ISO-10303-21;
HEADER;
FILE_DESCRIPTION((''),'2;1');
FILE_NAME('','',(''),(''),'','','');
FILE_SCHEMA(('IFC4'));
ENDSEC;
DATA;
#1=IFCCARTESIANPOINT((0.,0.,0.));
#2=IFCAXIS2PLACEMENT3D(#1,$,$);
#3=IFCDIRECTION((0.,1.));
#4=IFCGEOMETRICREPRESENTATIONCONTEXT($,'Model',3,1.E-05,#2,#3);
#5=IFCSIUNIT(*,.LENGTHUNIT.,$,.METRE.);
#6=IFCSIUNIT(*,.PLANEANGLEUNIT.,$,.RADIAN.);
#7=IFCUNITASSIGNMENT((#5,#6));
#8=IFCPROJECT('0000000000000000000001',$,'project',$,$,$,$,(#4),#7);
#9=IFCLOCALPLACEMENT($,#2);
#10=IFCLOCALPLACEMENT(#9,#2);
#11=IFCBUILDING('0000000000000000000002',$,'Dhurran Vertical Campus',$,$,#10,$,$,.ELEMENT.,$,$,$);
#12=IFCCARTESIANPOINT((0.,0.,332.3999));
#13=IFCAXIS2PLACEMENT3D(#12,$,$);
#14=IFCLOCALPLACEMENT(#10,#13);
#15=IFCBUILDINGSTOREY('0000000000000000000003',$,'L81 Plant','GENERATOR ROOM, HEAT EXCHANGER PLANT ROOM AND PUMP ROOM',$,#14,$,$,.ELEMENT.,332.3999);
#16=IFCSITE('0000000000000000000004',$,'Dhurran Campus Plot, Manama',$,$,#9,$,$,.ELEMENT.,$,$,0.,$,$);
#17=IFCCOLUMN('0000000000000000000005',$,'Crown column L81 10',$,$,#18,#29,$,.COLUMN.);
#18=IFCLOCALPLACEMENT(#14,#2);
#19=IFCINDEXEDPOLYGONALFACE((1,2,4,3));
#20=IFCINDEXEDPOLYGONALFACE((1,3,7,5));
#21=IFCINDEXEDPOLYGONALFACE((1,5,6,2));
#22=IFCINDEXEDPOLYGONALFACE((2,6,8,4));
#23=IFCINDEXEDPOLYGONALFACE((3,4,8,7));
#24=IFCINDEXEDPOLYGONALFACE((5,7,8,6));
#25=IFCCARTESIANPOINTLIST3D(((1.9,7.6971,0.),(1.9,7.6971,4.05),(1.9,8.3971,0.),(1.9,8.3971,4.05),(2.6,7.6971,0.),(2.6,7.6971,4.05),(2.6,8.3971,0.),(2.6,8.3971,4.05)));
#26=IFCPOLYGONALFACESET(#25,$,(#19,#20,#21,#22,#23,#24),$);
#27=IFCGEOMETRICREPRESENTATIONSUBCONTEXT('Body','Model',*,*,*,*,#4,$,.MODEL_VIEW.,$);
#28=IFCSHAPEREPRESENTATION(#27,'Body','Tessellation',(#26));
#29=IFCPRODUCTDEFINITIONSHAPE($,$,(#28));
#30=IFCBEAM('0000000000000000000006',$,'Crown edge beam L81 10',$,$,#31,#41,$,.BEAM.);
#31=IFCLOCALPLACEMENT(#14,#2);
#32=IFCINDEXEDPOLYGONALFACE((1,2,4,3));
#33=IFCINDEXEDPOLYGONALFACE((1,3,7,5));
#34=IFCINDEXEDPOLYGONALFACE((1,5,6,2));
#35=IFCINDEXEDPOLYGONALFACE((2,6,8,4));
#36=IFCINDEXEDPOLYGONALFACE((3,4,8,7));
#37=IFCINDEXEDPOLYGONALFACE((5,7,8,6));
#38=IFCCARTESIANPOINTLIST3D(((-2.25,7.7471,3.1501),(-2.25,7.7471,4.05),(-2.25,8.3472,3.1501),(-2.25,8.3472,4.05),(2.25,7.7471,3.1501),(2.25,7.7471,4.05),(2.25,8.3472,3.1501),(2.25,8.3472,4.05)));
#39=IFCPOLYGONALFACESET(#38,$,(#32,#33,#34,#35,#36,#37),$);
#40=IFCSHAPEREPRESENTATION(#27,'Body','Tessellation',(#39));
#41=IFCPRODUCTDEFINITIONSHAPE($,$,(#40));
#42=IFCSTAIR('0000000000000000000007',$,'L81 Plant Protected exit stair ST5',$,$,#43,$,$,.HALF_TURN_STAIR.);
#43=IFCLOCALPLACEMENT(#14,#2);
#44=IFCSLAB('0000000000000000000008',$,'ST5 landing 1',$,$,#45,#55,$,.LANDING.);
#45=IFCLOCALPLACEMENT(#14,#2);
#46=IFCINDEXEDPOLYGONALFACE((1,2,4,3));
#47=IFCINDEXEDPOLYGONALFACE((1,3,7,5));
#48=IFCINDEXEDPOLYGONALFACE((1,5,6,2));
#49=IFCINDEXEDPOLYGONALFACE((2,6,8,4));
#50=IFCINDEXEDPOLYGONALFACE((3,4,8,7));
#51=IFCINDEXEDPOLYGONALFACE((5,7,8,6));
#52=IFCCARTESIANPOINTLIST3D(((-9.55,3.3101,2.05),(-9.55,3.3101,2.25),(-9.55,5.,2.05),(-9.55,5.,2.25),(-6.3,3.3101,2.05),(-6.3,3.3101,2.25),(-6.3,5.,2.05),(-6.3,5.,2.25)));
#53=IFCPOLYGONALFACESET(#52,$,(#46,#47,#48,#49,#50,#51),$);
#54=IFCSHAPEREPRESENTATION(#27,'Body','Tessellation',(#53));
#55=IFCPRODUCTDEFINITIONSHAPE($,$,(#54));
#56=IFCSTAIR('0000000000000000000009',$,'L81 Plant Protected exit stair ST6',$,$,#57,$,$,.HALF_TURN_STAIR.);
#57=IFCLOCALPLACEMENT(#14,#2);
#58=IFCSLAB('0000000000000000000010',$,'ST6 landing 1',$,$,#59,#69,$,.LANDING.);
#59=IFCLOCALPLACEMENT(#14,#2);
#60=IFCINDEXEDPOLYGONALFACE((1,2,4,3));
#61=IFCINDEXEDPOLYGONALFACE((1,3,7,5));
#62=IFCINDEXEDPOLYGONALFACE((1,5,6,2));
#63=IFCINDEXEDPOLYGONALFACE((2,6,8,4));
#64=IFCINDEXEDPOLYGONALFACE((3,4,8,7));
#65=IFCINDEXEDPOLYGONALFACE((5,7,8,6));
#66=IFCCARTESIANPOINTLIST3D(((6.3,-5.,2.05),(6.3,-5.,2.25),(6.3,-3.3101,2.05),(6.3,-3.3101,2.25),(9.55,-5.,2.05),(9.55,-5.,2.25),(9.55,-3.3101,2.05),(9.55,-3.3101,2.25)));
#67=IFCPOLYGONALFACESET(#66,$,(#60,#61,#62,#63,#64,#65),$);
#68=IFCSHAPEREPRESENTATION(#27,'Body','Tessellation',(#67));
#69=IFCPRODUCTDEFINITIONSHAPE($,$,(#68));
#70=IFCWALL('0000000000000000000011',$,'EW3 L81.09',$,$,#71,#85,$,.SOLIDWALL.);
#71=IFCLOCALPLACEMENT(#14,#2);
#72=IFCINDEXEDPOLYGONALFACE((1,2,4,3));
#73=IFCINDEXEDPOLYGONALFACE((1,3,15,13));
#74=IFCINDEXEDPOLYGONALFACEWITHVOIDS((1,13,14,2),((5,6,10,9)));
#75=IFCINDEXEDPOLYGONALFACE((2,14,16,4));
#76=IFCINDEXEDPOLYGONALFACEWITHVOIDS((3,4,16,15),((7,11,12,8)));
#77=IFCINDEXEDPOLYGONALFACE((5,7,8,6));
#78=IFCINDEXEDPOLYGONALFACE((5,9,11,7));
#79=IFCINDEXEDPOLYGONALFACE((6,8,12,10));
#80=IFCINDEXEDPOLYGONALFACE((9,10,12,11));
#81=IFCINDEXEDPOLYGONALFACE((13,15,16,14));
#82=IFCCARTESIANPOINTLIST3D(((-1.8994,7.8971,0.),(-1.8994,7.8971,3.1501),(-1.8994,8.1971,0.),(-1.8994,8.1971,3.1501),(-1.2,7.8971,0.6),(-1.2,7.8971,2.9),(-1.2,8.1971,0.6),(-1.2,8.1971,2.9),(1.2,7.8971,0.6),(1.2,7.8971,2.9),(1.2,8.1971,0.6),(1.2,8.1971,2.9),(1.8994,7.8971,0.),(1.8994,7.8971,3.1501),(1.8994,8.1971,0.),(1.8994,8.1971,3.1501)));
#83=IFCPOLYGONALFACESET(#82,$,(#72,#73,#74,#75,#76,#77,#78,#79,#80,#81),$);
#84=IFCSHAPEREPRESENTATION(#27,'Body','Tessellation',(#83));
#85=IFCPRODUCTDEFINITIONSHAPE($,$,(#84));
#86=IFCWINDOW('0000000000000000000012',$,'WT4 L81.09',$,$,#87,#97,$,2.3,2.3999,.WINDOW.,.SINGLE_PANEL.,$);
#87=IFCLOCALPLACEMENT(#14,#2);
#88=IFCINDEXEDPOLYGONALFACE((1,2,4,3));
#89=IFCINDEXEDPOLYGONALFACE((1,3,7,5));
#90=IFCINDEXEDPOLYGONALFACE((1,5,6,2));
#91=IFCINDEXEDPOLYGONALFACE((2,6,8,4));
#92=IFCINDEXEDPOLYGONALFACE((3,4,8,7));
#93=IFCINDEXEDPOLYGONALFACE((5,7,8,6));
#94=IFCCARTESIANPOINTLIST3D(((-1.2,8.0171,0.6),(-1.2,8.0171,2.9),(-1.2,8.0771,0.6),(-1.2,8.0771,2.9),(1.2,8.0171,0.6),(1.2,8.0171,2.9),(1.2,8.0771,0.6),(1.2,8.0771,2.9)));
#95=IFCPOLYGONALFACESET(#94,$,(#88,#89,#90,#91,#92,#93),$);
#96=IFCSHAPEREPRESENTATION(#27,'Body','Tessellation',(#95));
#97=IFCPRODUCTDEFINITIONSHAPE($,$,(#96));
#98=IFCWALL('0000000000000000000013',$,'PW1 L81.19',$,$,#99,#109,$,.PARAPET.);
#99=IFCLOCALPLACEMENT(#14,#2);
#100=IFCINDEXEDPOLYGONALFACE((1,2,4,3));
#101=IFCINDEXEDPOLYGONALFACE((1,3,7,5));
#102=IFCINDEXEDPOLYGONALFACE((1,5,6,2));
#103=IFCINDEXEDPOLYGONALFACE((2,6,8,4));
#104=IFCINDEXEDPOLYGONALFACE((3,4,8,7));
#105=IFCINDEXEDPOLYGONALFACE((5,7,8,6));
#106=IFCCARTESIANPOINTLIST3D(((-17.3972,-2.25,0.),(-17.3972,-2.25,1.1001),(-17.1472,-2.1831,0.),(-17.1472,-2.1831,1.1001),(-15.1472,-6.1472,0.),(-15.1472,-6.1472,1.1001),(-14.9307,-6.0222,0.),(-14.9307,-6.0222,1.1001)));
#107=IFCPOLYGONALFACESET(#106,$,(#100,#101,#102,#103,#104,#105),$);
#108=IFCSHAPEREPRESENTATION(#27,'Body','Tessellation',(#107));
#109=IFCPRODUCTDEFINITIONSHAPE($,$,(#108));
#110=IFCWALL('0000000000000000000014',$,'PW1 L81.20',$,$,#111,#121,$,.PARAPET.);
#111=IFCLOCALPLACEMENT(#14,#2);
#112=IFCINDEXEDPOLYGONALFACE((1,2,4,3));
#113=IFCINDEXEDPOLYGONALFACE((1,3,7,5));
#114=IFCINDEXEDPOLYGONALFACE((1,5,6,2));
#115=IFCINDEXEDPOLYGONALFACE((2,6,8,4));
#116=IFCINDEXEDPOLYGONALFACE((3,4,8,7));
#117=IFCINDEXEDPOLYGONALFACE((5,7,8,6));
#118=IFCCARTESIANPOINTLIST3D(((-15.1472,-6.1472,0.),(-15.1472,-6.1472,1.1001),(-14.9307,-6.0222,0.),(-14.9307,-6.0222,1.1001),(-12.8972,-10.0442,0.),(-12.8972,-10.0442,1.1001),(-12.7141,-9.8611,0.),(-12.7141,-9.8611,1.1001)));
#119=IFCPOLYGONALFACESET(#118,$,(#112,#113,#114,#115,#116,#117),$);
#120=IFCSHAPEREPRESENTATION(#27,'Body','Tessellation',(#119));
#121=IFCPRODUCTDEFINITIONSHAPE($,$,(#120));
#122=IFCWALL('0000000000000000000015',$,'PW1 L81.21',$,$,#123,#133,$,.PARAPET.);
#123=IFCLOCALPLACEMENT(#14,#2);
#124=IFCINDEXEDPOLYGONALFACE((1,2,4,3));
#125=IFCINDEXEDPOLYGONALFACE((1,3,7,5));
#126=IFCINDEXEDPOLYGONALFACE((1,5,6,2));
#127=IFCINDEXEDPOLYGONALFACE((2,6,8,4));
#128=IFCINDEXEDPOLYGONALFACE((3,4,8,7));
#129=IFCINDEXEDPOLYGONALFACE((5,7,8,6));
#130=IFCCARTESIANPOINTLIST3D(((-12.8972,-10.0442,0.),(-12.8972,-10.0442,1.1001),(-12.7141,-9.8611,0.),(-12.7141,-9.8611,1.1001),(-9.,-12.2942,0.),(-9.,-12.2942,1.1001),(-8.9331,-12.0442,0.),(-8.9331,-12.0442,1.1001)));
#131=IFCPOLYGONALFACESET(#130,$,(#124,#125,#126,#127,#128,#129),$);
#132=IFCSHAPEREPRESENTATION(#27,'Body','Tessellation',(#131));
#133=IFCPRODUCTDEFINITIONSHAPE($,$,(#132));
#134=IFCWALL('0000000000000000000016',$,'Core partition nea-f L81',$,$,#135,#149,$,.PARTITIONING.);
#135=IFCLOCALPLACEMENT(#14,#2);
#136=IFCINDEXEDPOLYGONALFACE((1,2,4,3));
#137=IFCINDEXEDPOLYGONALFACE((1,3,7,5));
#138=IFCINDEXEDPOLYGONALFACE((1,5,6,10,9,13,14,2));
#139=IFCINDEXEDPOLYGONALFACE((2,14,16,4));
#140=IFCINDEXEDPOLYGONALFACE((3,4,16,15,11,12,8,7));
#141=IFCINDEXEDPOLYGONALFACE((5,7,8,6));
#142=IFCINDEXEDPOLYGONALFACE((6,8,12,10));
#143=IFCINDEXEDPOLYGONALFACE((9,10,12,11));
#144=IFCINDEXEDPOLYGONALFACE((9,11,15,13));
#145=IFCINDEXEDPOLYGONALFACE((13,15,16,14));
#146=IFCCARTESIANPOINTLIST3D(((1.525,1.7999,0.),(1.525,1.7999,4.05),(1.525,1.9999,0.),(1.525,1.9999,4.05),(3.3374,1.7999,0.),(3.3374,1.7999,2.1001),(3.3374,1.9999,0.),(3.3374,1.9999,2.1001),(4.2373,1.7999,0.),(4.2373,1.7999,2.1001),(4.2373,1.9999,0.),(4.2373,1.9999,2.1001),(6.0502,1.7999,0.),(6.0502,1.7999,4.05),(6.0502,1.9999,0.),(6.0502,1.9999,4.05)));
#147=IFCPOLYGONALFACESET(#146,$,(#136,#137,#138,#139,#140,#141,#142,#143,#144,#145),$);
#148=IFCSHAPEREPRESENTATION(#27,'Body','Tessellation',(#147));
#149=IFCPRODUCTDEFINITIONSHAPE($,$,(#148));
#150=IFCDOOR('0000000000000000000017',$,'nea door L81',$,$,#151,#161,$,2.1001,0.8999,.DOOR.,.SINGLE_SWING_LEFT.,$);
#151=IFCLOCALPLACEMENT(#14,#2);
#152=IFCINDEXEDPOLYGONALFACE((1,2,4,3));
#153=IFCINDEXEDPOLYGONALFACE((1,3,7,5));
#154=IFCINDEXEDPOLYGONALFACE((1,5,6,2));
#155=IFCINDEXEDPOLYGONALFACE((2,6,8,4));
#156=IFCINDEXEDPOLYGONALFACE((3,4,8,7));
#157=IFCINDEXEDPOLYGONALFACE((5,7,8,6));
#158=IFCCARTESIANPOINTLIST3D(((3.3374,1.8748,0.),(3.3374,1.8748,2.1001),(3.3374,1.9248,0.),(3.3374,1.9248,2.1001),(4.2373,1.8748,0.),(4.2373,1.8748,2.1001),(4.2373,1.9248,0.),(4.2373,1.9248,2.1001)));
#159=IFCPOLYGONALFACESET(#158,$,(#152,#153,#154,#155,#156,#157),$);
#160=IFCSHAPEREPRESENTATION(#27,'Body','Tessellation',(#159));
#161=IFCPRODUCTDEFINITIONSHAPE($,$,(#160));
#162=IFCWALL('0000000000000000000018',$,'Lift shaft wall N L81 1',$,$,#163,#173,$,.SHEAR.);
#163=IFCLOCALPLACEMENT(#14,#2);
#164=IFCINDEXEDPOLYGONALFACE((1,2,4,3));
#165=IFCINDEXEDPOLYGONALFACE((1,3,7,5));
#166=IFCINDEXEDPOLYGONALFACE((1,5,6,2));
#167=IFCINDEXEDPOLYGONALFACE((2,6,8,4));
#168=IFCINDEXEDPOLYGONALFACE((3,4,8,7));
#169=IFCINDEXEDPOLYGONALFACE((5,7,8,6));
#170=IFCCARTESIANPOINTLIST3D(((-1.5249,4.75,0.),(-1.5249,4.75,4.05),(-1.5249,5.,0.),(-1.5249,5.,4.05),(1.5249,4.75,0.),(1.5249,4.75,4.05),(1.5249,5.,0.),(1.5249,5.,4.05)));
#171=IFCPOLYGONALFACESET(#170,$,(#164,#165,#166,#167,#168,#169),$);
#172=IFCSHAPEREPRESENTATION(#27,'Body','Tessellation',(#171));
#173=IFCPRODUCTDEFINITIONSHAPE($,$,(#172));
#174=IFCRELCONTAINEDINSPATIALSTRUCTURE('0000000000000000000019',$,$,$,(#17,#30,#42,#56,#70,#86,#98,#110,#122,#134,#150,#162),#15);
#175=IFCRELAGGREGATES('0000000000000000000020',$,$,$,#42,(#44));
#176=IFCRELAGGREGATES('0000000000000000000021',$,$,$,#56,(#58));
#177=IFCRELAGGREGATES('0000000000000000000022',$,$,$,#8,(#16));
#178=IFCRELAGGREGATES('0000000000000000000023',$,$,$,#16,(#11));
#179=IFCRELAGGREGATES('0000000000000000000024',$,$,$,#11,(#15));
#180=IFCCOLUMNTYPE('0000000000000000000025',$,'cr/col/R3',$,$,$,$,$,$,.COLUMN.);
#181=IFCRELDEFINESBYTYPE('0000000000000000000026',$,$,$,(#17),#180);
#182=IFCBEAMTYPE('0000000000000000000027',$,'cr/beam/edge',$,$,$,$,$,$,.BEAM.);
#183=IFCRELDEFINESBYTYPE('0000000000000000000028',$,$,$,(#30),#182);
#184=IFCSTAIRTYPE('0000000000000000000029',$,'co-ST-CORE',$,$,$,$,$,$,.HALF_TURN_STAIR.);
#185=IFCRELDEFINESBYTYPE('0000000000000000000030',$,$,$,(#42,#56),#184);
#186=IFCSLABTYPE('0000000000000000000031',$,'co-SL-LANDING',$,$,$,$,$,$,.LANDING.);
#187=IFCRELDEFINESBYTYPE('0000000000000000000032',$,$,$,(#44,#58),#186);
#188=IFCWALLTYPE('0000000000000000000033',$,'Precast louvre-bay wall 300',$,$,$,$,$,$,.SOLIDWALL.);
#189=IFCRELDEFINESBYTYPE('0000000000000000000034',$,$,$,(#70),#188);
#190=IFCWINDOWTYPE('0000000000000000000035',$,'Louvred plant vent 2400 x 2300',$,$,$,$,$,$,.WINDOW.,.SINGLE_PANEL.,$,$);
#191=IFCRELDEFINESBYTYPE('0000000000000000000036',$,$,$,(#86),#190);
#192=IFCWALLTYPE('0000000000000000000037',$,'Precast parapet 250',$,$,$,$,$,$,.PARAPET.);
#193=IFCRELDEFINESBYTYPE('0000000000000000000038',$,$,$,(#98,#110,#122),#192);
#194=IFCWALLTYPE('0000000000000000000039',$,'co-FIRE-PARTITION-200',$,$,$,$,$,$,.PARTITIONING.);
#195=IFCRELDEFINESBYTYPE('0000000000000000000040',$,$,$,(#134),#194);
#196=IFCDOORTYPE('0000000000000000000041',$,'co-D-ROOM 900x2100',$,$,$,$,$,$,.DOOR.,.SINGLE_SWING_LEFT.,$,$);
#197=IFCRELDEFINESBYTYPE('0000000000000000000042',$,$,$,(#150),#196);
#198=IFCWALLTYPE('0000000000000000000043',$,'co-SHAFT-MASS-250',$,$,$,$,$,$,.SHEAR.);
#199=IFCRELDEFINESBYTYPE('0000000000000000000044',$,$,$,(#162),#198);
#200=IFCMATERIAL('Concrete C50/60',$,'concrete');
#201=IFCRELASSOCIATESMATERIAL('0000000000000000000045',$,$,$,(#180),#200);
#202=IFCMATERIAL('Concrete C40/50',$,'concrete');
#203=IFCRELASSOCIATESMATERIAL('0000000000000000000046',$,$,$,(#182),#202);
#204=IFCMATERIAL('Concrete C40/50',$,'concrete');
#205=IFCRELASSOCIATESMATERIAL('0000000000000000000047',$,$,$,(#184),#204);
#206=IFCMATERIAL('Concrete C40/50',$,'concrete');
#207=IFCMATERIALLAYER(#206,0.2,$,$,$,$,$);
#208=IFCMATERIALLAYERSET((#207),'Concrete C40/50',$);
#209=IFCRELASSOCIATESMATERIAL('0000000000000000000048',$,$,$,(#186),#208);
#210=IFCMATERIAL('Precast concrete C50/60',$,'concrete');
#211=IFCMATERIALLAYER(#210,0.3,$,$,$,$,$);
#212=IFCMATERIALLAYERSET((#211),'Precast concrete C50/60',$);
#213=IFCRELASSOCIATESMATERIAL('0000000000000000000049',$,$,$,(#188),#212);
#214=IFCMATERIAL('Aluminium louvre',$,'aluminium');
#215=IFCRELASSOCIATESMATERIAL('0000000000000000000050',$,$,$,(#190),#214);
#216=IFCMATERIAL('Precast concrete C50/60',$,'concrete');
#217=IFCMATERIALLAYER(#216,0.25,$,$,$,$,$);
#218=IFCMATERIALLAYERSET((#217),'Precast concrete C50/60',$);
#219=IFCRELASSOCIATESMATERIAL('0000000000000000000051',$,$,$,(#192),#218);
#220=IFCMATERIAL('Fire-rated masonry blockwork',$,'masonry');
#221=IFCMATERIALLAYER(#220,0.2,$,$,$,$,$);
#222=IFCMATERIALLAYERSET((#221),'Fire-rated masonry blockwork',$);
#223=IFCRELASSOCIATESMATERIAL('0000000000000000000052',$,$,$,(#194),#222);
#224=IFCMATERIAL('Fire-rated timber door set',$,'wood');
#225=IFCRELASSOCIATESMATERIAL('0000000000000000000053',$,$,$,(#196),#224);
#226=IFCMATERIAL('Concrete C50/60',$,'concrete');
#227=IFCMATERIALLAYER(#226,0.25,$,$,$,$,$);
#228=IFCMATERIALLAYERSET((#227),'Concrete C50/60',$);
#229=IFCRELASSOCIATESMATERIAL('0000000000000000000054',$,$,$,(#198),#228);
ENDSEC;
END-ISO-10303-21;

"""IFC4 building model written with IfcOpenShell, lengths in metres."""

from ifc_helpers import new_model, si_unit, direction, frame, frame_2d, origin, origin_2d, place, context, subcontext, project, spatial, polyline, rectangle, outline, extrude, material, layer, layer_set, material_profile, profile_set, type_object, element, fill, aggregate, save


model = new_model("IFC4")

# Units and contexts
model_context = context("Model", 3, precision=1e-05, world=origin(), true_north=direction((0.0, 1.0)))
body_context = subcontext(model_context, "Body", "Model", "MODEL_VIEW")
ifc_project = project(units=[si_unit("LENGTHUNIT", "METRE"), si_unit("PLANEANGLEUNIT", "RADIAN")], contexts=[model_context])

# Site, building, storey
site_placement = place(None, origin())
site = spatial("IfcSite", under=ifc_project, at=site_placement, Name="Dhurran Campus Plot, Manama", CompositionType="ELEMENT", RefElevation=0.0)
building_placement = place(site_placement, origin())
building = spatial("IfcBuilding", under=site, at=building_placement, Name="Dhurran Vertical Campus", CompositionType="ELEMENT")
storey_placement = place(building_placement, frame((0.0, 0.0, 332.3999)))
storey = spatial("IfcBuildingStorey", under=building, at=storey_placement, Name="L81 Plant", Description="GENERATOR ROOM, HEAT EXCHANGER PLANT ROOM AND PUMP ROOM", CompositionType="ELEMENT", Elevation=332.3999)

# Column
ifc_material_1 = material(Name="Concrete C50/60", Category="concrete")
ifc_material_profile_1 = material_profile(ifc_material_1, rectangle(XDim=0.7, YDim=0.7, at=origin_2d()), Name="cr/col/R3")
ifc_profile_set_1 = profile_set([ifc_material_profile_1], Name="Concrete C50/60")
column_type = type_object("IfcColumnType", Name="cr/col/R3", PredefinedType="COLUMN", material=ifc_profile_set_1)
column_placement = place(storey_placement, frame((2.25, 8.0471, 0.0), z_axis=(0.0, 0.0, 1.0), x_axis=(-1.0, 0.0, 0.0)))
element("IfcColumn", 1, at=column_placement, inside=storey, type_object=column_type, Name="Crown column L81 10", PredefinedType="COLUMN", context=body_context, shape_type="SweptSolid", body=[
    extrude(rectangle(XDim=0.7, YDim=0.7, at=origin_2d()), origin(), (0.0, 0.0, 1.0), 4.05),
])

# Beam
ifc_material_2 = material(Name="Concrete C40/50", Category="concrete")
ifc_material_profile_2 = material_profile(ifc_material_2, rectangle(XDim=0.6001, YDim=0.8999, at=origin_2d()), Name="cr/beam/edge")
ifc_profile_set_2 = profile_set([ifc_material_profile_2], Name="Concrete C40/50")
beam_type = type_object("IfcBeamType", Name="cr/beam/edge", PredefinedType="BEAM", material=ifc_profile_set_2)
beam_placement = place(storey_placement, frame((2.25, 8.0471, 3.6001), z_axis=(-1.0, 0.0, 0.0), x_axis=(0.0, -1.0, 0.0)))
element("IfcBeam", 2, at=beam_placement, inside=storey, type_object=beam_type, Name="Crown edge beam L81 10", PredefinedType="BEAM", context=body_context, shape_type="SweptSolid", body=[
    extrude(rectangle(XDim=0.6001, YDim=0.8999, at=origin_2d()), origin(), (0.0, 0.0, 1.0), 4.5),
])

# Stairs, slabs
ifc_material_3 = material(Name="Concrete C40/50", Category="concrete")
stair_type = type_object("IfcStairType", Name="co-ST-CORE", PredefinedType="HALF_TURN_STAIR", material=ifc_material_3)
stair_1_placement = place(storey_placement, origin())
stair_1 = element("IfcStair", 3, at=stair_1_placement, inside=storey, type_object=stair_type, Name="L81 Plant Protected exit stair ST5", PredefinedType="HALF_TURN_STAIR")
ifc_material_4 = material(Name="Concrete C40/50", Category="concrete")
ifc_layer_1 = layer(ifc_material_4, 0.2)
ifc_layer_set_1 = layer_set([ifc_layer_1], Name="Concrete C40/50")
slab_type = type_object("IfcSlabType", Name="co-SL-LANDING", PredefinedType="LANDING", material=ifc_layer_set_1)
slab_1_placement = place(storey_placement, frame((0.0, 0.0, 2.05)))
slab_1 = element("IfcSlab", 4, at=slab_1_placement, type_object=slab_type, Name="ST5 landing 1", PredefinedType="LANDING", context=body_context, shape_type="SweptSolid", body=[
    extrude(outline(polyline([(-6.3, 3.3101), (-6.3, 5.0), (-9.55, 5.0), (-9.55, 3.3101), (-6.3, 3.3101)])), origin(), (0.0, 0.0, 1.0), 0.2),
])
aggregate(stair_1, [slab_1])
stair_2_placement = place(storey_placement, origin())
stair_2 = element("IfcStair", 5, at=stair_2_placement, inside=storey, type_object=stair_type, Name="L81 Plant Protected exit stair ST6", PredefinedType="HALF_TURN_STAIR")
slab_2_placement = place(storey_placement, frame((0.0, 0.0, 2.05)))
slab_2 = element("IfcSlab", 6, at=slab_2_placement, type_object=slab_type, Name="ST6 landing 1", PredefinedType="LANDING", context=body_context, shape_type="SweptSolid", body=[
    extrude(outline(polyline([(6.3, -3.3101), (6.3, -5.0), (9.55, -5.0), (9.55, -3.3101), (6.3, -3.3101)])), origin(), (0.0, 0.0, 1.0), 0.2),
])
aggregate(stair_2, [slab_2])

# Wall, opening, window
ifc_material_5 = material(Name="Precast concrete C50/60", Category="concrete")
ifc_layer_2 = layer(ifc_material_5, 0.3)
ifc_layer_set_2 = layer_set([ifc_layer_2], Name="Precast concrete C50/60")
wall_type_1 = type_object("IfcWallType", Name="Precast louvre-bay wall 300", PredefinedType="SOLIDWALL", material=ifc_layer_set_2)
wall_1_placement = place(storey_placement, frame((1.8994, 8.0471, 0.0), z_axis=(0.0, 0.0, 1.0), x_axis=(-1.0, 0.0, 0.0)))
wall_1 = element("IfcWall", 7, at=wall_1_placement, inside=storey, type_object=wall_type_1, Name="EW3 L81.09", PredefinedType="SOLIDWALL", context=body_context, shape_type="SweptSolid", body=[
    extrude(rectangle(XDim=3.7988, YDim=0.3, at=frame_2d((1.8994, 0.0))), origin(), (0.0, 0.0, 1.0), 3.1501),
])
opening_1_placement = place(wall_1_placement, frame((0.6995, 0.0, 0.6001)))
opening_1 = element("IfcOpeningElement", 8, at=opening_1_placement, cuts=wall_1, PredefinedType="OPENING", context=body_context, shape_type="SweptSolid", body=[
    extrude(rectangle(XDim=2.3999, YDim=2.3, at=frame_2d((1.2, 1.1499))), frame((0.0, 0.1599, 0.0), z_axis=(0.0, -1.0, 0.0), x_axis=(1.0, 0.0, 0.0)), (0.0, 0.0, 1.0), 0.3201),
])
ifc_material_6 = material(Name="Aluminium louvre", Category="aluminium")
window_type = type_object("IfcWindowType", Name="Louvred plant vent 2400 x 2300", PartitioningType="SINGLE_PANEL", PredefinedType="WINDOW", material=ifc_material_6)
window_placement = place(opening_1_placement, origin())
window = element("IfcWindow", 9, at=window_placement, inside=storey, type_object=window_type, Name="WT4 L81.09", OverallHeight=2.3, OverallWidth=2.3999, PartitioningType="SINGLE_PANEL", PredefinedType="WINDOW", context=body_context, shape_type="SweptSolid", body=[
    extrude(rectangle(XDim=2.3999, YDim=2.3, at=frame_2d((1.2, 1.1499))), frame((0.0, 0.03, 0.0), z_axis=(0.0, -1.0, 0.0), x_axis=(1.0, 0.0, 0.0)), (0.0, 0.0, 1.0), 0.0601),
])
fill(opening_1, window)

# Walls
ifc_material_7 = material(Name="Precast concrete C50/60", Category="concrete")
ifc_layer_3 = layer(ifc_material_7, 0.25)
ifc_layer_set_3 = layer_set([ifc_layer_3], Name="Precast concrete C50/60")
wall_type_2 = type_object("IfcWallType", Name="Precast parapet 250", PredefinedType="PARAPET", material=ifc_layer_set_3)
wall_2_placement = place(storey_placement, origin())
element("IfcWall", 10, at=wall_2_placement, inside=storey, type_object=wall_type_2, Name="PW1 L81.19", PredefinedType="PARAPET", context=body_context, shape_type="SweptSolid", body=[
    extrude(outline(polyline([(-17.3972, -2.25), (-15.1472, -6.1472), (-14.9307, -6.0222), (-17.1472, -2.1831), (-17.3972, -2.25)])), origin(), (0.0, 0.0, 1.0), 1.1001),
])
wall_3_placement = place(storey_placement, origin())
element("IfcWall", 11, at=wall_3_placement, inside=storey, type_object=wall_type_2, Name="PW1 L81.20", PredefinedType="PARAPET", context=body_context, shape_type="SweptSolid", body=[
    extrude(outline(polyline([(-15.1472, -6.1472), (-12.8972, -10.0442), (-12.7141, -9.8611), (-14.9307, -6.0222), (-15.1472, -6.1472)])), origin(), (0.0, 0.0, 1.0), 1.1001),
])
wall_4_placement = place(storey_placement, origin())
element("IfcWall", 12, at=wall_4_placement, inside=storey, type_object=wall_type_2, Name="PW1 L81.21", PredefinedType="PARAPET", context=body_context, shape_type="SweptSolid", body=[
    extrude(outline(polyline([(-12.8972, -10.0442), (-9.0, -12.2942), (-8.9331, -12.0442), (-12.7141, -9.8611), (-12.8972, -10.0442)])), origin(), (0.0, 0.0, 1.0), 1.1001),
])

# Wall, opening, door
ifc_material_8 = material(Name="Fire-rated masonry blockwork", Category="masonry")
ifc_layer_4 = layer(ifc_material_8, 0.2)
ifc_layer_set_4 = layer_set([ifc_layer_4], Name="Fire-rated masonry blockwork")
wall_type_3 = type_object("IfcWallType", Name="co-FIRE-PARTITION-200", PredefinedType="PARTITIONING", material=ifc_layer_set_4)
wall_5_placement = place(storey_placement, frame((1.5249, 1.8999, 0.0), z_axis=(0.0, 0.0, 1.0), x_axis=(1.0, 0.0, 0.0)))
wall_5 = element("IfcWall", 13, at=wall_5_placement, inside=storey, type_object=wall_type_3, Name="Core partition nea-f L81", PredefinedType="PARTITIONING", context=body_context, shape_type="SweptSolid", body=[
    extrude(rectangle(XDim=4.5251, YDim=0.2, at=frame_2d((2.2627, 0.0))), origin(), (0.0, 0.0, 1.0), 4.05),
])
opening_2_placement = place(wall_5_placement, frame((1.8125, 0.0, 0.0)))
opening_2 = element("IfcOpeningElement", 14, at=opening_2_placement, cuts=wall_5, PredefinedType="OPENING", context=body_context, shape_type="SweptSolid", body=[
    extrude(rectangle(XDim=0.8999, YDim=2.1001, at=frame_2d((0.45, 1.05))), frame((0.0, 0.1099, 0.0), z_axis=(0.0, -1.0, 0.0), x_axis=(1.0, 0.0, 0.0)), (0.0, 0.0, 1.0), 0.22),
])
ifc_material_9 = material(Name="Fire-rated timber door set", Category="wood")
door_type = type_object("IfcDoorType", Name="co-D-ROOM 900x2100", OperationType="SINGLE_SWING_LEFT", PredefinedType="DOOR", material=ifc_material_9)
door_placement = place(opening_2_placement, origin())
door = element("IfcDoor", 15, at=door_placement, inside=storey, type_object=door_type, Name="nea door L81", OperationType="SINGLE_SWING_LEFT", OverallHeight=2.1001, OverallWidth=0.8999, PredefinedType="DOOR", context=body_context, shape_type="SweptSolid", body=[
    extrude(rectangle(XDim=0.8999, YDim=2.1001, at=frame_2d((0.45, 1.05))), frame((0.0, 0.0249, 0.0), z_axis=(0.0, -1.0, 0.0), x_axis=(1.0, 0.0, 0.0)), (0.0, 0.0, 1.0), 0.05),
])
fill(opening_2, door)

# Wall
ifc_material_10 = material(Name="Concrete C50/60", Category="concrete")
ifc_layer_5 = layer(ifc_material_10, 0.25)
ifc_layer_set_5 = layer_set([ifc_layer_5], Name="Concrete C50/60")
wall_type_4 = type_object("IfcWallType", Name="co-SHAFT-MASS-250", PredefinedType="SHEAR", material=ifc_layer_set_5)
wall_6_placement = place(storey_placement, origin())
element("IfcWall", 16, at=wall_6_placement, inside=storey, type_object=wall_type_4, Name="Lift shaft wall N L81 1", PredefinedType="SHEAR", context=body_context, shape_type="SweptSolid", body=[
    extrude(outline(polyline([(-1.5249, 4.75), (1.5249, 4.75), (1.5249, 5.0), (-1.5249, 5.0), (-1.5249, 4.75)])), origin(), (0.0, 0.0, 1.0), 4.05),
])

save(model, "model.ifc")
